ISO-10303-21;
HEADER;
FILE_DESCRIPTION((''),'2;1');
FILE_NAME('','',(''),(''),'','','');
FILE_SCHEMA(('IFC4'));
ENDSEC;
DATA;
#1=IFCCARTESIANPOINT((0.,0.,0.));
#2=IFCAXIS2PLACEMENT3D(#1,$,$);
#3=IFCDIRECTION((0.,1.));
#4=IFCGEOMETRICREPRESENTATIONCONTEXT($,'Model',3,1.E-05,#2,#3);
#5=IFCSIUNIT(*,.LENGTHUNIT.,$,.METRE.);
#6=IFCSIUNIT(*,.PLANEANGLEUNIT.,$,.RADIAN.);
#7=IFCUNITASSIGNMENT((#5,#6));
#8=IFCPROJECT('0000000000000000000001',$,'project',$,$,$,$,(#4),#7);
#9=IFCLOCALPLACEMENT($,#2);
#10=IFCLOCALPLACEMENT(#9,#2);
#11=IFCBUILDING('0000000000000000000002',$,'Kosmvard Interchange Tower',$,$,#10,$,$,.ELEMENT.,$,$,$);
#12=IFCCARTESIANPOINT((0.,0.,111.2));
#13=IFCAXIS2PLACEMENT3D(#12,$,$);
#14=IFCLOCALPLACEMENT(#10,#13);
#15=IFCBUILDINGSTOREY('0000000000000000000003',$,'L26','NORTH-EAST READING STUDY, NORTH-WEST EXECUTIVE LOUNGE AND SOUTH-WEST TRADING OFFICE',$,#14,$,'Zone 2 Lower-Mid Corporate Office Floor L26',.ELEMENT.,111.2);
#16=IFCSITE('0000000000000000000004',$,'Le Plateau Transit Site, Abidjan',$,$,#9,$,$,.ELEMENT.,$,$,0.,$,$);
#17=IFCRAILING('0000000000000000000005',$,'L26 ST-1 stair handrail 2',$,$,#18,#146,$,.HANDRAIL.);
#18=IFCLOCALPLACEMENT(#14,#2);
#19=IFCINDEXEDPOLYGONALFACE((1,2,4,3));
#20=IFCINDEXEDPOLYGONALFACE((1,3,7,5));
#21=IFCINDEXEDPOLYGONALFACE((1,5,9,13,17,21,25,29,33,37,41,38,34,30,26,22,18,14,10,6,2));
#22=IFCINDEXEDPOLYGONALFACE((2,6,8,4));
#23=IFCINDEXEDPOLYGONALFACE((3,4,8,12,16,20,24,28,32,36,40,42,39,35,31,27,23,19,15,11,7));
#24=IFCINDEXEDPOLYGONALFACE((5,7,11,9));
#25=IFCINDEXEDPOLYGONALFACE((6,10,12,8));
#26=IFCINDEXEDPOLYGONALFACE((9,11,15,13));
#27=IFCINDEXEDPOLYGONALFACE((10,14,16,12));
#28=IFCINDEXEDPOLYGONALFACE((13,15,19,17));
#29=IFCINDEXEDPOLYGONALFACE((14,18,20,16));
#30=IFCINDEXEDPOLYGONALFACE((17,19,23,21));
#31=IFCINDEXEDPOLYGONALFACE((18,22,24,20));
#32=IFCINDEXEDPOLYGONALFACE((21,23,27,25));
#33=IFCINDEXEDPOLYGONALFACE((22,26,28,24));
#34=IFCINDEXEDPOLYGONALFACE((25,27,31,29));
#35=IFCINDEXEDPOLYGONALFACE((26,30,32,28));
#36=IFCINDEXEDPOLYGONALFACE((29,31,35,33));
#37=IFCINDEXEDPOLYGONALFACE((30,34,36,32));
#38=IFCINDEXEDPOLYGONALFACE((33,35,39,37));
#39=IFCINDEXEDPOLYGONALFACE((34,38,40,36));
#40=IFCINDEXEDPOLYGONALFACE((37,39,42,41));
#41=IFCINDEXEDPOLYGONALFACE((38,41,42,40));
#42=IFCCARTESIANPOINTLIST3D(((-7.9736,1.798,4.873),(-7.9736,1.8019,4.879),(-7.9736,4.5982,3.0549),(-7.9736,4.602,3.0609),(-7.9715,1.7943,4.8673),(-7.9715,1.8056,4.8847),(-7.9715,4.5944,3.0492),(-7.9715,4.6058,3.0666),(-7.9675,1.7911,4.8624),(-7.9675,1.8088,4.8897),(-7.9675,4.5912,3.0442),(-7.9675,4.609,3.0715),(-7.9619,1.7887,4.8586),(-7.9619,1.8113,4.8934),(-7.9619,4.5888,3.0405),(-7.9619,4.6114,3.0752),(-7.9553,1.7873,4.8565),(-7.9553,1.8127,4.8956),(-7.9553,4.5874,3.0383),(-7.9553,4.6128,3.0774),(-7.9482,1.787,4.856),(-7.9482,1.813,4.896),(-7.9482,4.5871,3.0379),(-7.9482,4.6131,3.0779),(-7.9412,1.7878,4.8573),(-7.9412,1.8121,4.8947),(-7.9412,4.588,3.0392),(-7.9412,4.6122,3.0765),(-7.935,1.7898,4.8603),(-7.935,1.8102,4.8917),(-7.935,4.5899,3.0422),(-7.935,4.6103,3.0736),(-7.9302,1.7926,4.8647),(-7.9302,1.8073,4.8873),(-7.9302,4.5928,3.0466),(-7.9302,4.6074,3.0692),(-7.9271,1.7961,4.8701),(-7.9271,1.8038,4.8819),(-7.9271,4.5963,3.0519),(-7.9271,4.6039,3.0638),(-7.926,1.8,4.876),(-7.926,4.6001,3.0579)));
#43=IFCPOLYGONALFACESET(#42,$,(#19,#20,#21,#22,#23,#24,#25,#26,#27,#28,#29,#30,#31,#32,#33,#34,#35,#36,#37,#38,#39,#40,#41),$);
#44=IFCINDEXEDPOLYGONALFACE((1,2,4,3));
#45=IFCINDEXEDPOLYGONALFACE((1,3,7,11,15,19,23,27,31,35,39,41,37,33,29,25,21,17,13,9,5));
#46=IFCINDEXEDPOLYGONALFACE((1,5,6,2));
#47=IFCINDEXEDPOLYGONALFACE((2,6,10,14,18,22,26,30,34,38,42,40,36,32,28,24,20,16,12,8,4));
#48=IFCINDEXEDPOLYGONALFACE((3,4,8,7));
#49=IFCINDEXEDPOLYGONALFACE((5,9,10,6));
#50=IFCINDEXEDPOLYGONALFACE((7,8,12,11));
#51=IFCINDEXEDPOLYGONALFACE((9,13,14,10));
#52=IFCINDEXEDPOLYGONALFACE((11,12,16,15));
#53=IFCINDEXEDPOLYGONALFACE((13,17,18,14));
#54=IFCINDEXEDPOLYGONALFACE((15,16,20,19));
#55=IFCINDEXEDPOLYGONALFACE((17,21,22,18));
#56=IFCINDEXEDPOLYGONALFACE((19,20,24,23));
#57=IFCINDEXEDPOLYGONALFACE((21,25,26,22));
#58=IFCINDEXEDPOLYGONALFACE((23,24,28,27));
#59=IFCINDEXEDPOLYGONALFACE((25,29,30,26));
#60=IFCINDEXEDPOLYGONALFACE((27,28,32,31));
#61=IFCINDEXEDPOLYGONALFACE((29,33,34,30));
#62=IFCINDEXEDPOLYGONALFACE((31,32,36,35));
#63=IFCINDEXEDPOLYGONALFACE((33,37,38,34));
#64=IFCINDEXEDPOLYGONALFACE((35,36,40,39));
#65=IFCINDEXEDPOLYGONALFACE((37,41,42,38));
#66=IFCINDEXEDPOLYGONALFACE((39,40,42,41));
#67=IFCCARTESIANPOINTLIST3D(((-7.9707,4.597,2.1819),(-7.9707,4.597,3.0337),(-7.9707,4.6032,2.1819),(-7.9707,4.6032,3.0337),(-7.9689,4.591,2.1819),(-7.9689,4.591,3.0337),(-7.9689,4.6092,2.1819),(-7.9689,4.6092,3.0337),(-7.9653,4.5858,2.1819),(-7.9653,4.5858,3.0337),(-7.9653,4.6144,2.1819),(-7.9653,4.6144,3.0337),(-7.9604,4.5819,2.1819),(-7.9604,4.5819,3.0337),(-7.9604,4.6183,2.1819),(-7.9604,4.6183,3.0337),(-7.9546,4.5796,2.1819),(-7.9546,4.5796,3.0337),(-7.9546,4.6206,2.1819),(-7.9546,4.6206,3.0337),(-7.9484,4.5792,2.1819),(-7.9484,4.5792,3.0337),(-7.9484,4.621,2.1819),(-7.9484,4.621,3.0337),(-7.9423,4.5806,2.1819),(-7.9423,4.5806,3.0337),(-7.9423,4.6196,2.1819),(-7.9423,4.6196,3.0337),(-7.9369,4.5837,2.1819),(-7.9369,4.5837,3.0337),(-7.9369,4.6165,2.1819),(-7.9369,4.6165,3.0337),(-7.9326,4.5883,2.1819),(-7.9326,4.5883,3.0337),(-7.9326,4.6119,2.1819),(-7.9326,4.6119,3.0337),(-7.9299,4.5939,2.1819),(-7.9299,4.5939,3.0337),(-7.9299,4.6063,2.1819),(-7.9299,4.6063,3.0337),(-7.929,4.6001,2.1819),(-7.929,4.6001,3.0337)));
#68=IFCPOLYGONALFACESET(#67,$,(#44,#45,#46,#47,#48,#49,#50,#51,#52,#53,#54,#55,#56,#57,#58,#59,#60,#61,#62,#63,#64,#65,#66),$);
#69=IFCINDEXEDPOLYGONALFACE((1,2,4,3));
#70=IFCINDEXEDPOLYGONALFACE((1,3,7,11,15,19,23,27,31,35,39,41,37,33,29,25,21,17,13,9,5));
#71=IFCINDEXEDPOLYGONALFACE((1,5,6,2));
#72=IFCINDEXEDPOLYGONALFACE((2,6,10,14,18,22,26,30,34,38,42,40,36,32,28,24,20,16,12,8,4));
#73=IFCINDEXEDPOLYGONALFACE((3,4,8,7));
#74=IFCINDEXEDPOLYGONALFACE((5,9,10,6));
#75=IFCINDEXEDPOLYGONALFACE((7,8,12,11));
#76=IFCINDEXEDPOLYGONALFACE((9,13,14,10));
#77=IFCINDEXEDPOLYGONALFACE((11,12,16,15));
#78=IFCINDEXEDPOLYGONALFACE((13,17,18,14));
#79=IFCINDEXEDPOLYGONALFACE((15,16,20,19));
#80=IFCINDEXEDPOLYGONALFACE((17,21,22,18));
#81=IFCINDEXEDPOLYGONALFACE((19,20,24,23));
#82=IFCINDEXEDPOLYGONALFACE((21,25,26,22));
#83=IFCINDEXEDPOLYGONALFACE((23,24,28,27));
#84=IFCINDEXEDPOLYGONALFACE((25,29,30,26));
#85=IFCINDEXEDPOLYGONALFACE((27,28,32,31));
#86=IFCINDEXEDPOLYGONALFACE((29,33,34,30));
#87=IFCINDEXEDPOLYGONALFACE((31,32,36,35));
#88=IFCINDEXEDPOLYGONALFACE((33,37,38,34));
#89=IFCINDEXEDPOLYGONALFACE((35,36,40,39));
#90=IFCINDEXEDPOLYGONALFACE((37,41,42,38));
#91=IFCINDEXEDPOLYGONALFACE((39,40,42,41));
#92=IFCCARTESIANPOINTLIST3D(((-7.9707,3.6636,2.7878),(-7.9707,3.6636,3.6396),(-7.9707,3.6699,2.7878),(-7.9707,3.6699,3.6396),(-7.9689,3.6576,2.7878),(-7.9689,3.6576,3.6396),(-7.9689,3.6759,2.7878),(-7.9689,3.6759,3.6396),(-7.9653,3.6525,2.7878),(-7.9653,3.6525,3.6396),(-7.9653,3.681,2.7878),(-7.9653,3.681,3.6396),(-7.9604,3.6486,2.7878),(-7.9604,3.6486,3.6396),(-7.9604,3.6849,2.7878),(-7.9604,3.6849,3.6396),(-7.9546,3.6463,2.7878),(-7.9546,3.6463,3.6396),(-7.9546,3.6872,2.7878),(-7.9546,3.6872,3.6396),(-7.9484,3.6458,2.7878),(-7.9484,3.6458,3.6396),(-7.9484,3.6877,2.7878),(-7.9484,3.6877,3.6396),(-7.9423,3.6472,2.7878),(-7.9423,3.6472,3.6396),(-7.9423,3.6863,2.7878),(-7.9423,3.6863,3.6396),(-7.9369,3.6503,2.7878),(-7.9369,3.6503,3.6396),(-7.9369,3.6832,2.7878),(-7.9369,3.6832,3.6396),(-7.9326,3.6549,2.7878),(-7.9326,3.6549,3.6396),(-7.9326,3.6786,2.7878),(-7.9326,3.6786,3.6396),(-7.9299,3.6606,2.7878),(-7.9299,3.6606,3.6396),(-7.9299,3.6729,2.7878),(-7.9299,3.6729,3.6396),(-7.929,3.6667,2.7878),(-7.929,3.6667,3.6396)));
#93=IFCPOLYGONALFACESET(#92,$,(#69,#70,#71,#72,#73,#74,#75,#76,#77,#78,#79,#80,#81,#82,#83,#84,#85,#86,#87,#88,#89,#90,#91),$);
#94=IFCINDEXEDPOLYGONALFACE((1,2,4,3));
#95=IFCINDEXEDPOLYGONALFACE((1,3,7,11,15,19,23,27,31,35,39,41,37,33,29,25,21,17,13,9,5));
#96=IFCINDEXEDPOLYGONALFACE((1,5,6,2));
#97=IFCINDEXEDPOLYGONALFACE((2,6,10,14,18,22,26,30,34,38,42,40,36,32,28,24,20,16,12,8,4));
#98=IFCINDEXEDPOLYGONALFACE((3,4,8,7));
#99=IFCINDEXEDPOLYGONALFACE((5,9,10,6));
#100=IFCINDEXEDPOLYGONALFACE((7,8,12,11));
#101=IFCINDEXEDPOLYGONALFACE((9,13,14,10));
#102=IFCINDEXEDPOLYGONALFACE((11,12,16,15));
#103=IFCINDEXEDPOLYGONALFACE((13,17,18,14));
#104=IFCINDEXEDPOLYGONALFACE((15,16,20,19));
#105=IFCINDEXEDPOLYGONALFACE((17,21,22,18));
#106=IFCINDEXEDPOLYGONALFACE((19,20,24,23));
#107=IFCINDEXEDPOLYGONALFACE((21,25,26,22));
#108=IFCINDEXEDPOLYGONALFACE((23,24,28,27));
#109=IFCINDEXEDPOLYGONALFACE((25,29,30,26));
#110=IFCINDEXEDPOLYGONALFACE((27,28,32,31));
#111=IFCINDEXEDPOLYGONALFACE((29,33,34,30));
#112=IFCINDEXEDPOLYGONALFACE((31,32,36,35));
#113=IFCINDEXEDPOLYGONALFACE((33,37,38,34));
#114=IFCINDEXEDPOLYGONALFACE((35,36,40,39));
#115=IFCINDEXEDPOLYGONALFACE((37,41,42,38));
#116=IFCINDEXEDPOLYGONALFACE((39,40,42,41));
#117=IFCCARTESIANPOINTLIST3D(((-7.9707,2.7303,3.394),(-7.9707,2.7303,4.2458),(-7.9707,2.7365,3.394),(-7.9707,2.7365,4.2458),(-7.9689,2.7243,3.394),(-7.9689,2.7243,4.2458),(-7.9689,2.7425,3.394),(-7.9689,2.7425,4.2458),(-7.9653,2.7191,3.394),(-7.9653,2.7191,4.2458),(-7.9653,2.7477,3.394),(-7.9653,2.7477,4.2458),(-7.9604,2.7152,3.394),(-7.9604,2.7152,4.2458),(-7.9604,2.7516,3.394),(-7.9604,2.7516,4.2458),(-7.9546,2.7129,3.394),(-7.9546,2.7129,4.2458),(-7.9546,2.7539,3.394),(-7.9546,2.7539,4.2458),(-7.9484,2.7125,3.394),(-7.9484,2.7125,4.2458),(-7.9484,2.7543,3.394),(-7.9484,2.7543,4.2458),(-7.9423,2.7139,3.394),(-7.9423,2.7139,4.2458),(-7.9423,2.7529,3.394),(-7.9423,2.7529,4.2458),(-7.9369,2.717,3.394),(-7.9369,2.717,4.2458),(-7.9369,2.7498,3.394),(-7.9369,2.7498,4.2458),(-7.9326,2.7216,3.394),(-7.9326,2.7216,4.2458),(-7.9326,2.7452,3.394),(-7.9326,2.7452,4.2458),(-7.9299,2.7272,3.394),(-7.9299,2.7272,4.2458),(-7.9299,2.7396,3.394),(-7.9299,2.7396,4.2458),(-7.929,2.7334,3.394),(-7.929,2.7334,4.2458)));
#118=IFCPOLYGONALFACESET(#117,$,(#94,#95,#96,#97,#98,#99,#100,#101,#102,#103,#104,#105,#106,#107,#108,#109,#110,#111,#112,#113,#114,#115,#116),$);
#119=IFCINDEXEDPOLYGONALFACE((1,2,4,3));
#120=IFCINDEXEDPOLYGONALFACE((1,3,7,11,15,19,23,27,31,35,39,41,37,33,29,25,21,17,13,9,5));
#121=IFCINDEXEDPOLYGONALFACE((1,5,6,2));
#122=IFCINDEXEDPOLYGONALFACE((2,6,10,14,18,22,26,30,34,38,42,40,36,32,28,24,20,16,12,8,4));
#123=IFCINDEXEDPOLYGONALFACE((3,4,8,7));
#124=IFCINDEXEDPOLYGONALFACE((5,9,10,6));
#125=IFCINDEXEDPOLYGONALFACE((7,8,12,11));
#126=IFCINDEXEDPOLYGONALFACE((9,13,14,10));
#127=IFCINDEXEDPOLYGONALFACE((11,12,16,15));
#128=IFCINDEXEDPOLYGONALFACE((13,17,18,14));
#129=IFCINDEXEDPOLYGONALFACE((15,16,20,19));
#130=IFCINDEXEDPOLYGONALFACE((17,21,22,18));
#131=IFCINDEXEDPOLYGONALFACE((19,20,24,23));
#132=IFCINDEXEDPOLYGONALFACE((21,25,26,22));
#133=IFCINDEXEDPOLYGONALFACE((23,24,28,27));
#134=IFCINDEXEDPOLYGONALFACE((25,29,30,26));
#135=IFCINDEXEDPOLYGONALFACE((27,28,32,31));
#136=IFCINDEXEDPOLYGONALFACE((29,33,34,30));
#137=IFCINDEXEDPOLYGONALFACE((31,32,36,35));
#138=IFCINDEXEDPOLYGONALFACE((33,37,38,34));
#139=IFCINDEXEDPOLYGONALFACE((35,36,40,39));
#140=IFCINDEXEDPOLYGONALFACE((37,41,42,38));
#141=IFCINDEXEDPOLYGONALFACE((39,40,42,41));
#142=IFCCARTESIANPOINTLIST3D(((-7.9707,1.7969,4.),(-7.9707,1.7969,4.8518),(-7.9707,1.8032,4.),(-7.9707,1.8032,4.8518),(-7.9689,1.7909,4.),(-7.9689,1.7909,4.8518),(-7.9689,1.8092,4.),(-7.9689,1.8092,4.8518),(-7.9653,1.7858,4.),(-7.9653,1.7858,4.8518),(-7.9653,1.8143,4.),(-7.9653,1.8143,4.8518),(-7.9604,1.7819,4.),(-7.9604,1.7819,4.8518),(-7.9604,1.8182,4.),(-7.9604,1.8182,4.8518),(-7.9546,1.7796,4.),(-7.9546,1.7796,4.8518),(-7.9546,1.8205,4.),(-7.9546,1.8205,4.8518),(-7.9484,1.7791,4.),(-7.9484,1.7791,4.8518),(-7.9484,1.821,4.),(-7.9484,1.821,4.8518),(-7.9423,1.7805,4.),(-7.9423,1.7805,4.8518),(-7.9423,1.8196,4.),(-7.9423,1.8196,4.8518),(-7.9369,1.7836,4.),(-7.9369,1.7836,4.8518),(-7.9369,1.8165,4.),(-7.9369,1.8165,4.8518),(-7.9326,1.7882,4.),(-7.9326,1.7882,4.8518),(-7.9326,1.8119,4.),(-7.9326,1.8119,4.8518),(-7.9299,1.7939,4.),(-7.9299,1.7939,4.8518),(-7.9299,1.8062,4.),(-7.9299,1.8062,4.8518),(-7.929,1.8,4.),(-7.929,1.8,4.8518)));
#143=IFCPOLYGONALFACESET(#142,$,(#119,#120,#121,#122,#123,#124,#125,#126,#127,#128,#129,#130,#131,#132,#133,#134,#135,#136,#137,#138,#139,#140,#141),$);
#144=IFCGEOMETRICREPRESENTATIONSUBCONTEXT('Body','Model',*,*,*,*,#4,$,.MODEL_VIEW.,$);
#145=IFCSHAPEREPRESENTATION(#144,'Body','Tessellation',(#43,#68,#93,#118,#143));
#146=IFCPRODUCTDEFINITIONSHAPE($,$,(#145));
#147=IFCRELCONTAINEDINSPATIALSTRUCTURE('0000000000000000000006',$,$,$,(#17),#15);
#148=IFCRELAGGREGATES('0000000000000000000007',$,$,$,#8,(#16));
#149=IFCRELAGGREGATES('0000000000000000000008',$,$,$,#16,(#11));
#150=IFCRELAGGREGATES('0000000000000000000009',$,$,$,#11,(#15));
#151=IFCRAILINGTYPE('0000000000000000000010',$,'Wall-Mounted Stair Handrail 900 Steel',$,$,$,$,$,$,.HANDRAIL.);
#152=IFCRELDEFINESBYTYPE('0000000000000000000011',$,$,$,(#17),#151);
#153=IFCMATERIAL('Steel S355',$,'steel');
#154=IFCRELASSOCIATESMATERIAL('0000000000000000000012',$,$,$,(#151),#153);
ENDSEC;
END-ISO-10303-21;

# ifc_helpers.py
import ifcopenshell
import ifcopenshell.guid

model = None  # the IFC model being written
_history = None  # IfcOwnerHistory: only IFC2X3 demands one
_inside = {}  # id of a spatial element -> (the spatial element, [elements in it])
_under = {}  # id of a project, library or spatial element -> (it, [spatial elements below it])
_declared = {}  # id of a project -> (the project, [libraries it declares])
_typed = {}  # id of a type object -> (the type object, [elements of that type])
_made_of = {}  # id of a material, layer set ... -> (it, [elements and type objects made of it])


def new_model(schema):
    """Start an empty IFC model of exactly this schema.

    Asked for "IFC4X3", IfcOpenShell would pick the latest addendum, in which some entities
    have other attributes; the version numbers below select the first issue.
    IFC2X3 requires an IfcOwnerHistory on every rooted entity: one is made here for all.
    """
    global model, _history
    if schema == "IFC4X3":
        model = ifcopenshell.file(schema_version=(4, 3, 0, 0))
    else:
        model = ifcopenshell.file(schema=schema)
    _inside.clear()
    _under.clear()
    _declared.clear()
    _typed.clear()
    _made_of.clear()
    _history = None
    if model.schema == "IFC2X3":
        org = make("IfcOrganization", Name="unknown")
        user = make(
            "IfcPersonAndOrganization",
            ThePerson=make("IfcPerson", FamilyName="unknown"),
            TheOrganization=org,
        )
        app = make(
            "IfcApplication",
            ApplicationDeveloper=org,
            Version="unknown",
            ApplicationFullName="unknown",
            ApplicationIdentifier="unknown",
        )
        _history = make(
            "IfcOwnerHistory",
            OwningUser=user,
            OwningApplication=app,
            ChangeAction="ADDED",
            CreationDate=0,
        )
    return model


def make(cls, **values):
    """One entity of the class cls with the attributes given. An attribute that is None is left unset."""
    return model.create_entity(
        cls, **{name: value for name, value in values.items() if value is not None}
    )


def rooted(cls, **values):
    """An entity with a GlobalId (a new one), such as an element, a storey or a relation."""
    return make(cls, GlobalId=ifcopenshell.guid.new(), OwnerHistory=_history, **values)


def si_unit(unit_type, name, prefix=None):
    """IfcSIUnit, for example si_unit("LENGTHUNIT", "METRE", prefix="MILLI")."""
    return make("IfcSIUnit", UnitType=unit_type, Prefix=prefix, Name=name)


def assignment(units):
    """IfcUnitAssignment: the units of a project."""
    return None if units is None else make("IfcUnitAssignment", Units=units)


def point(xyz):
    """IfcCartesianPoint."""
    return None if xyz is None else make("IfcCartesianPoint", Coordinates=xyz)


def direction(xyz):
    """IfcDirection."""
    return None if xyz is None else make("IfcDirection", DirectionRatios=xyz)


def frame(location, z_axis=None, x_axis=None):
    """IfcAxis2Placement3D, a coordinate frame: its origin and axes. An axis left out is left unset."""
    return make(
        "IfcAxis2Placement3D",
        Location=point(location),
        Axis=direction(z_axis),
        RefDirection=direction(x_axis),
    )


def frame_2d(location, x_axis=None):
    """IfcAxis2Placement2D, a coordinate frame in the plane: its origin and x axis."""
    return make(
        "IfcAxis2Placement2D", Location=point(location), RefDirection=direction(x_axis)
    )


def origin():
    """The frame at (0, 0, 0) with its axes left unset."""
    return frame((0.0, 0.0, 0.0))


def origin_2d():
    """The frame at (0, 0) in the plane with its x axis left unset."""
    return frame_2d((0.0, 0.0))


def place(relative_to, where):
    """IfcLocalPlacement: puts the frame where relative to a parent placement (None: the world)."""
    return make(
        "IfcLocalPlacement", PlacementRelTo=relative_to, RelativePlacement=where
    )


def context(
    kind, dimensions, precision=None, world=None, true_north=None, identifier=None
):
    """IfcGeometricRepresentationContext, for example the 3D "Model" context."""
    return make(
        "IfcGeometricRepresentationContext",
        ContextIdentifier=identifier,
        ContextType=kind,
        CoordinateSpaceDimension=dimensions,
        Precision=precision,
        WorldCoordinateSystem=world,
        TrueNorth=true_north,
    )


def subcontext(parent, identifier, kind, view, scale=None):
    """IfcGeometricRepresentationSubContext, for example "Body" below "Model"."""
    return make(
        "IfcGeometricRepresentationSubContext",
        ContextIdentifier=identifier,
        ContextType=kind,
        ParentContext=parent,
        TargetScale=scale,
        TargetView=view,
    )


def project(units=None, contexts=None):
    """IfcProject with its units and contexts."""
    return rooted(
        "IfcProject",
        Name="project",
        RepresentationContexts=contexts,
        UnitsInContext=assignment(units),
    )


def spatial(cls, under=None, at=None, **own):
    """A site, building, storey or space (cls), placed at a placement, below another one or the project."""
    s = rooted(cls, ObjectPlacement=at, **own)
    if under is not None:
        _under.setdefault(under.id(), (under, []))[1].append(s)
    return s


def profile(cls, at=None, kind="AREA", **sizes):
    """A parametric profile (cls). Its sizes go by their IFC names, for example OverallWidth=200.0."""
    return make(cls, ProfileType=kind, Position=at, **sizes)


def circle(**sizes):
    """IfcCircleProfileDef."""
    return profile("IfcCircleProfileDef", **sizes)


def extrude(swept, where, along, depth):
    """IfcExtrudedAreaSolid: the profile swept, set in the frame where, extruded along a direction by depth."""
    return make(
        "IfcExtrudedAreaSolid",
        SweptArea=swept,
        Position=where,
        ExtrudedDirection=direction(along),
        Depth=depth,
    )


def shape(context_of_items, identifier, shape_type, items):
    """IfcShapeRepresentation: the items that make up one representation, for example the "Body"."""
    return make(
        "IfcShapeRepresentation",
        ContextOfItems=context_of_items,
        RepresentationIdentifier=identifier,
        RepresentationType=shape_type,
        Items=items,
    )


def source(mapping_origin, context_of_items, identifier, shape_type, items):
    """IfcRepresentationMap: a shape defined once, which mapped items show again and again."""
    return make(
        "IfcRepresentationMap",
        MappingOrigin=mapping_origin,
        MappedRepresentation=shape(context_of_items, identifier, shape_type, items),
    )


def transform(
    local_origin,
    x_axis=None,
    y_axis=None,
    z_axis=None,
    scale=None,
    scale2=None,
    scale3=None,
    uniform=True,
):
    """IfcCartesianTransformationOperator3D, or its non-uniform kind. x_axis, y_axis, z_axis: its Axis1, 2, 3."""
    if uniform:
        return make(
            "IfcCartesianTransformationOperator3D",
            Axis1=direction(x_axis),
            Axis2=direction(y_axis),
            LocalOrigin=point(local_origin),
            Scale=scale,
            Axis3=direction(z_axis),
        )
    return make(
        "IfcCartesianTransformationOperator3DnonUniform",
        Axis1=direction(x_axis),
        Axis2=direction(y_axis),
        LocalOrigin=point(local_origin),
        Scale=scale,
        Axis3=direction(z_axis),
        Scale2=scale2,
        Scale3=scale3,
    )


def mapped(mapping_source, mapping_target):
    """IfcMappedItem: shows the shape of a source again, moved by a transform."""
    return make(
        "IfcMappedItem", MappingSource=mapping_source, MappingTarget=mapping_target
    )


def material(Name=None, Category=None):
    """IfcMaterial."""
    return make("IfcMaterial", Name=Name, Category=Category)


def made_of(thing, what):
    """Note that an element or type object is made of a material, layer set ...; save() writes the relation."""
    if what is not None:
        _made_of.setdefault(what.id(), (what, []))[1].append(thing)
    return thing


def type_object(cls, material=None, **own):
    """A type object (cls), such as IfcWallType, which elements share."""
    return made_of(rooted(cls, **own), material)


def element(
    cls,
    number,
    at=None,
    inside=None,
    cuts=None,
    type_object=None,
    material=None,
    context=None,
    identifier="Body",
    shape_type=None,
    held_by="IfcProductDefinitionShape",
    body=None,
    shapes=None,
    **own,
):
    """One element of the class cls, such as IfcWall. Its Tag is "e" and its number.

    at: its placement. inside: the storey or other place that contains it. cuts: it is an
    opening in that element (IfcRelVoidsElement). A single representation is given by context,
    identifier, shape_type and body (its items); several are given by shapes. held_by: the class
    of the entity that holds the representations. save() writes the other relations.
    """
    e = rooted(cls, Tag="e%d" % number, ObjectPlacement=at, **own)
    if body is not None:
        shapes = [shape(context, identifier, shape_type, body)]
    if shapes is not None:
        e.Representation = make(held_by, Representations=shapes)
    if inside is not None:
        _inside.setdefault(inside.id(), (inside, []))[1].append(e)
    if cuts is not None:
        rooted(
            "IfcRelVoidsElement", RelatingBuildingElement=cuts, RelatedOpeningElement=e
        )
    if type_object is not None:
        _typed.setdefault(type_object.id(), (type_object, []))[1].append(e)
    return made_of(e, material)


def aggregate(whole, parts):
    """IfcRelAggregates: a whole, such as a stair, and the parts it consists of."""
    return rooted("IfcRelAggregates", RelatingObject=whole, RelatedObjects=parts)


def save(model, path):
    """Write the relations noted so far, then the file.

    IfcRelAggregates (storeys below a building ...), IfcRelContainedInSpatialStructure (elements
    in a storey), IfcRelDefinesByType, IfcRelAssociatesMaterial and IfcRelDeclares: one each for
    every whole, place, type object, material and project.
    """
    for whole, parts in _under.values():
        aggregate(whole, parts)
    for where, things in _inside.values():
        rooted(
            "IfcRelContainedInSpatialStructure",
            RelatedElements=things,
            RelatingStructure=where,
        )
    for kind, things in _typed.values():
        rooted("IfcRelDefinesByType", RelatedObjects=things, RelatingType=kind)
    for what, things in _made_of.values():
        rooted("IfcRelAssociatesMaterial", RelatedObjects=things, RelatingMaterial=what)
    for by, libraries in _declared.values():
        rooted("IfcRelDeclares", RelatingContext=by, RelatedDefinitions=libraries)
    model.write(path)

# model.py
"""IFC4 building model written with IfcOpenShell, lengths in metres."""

from ifc_helpers import new_model, si_unit, direction, frame, origin, origin_2d, place, context, subcontext, project, spatial, circle, extrude, source, transform, mapped, material, type_object, element, save


model = new_model("IFC4")

# Units and contexts
model_context = context("Model", 3, precision=1e-05, world=origin(), true_north=direction((0.0, 1.0)))
body_context = subcontext(model_context, "Body", "Model", "MODEL_VIEW")
ifc_project = project(units=[si_unit("LENGTHUNIT", "METRE"), si_unit("PLANEANGLEUNIT", "RADIAN")], contexts=[model_context])

# Site, building, storey
site_placement = place(None, origin())
site = spatial("IfcSite", under=ifc_project, at=site_placement, Name="Le Plateau Transit Site, Abidjan", CompositionType="ELEMENT", RefElevation=0.0)
building_placement = place(site_placement, origin())
building = spatial("IfcBuilding", under=site, at=building_placement, Name="Kosmvard Interchange Tower", CompositionType="ELEMENT")
storey_placement = place(building_placement, frame((0.0, 0.0, 111.2)))
storey = spatial("IfcBuildingStorey", under=building, at=storey_placement, Name="L26", Description="NORTH-EAST READING STUDY, NORTH-WEST EXECUTIVE LOUNGE AND SOUTH-WEST TRADING OFFICE", LongName="Zone 2 Lower-Mid Corporate Office Floor L26", CompositionType="ELEMENT", Elevation=111.2)

# Shared definitions
ifc_material_1 = material(Name="Steel S355", Category="steel")

# Railing
railing_type_1 = type_object("IfcRailingType", Name="Wall-Mounted Stair Handrail 900 Steel", PredefinedType="HANDRAIL", material=ifc_material_1)
shared_shape_1 = source(origin(), body_context, "Body", "SweptSolid", [
    extrude(circle(Radius=0.0239, at=origin_2d()), frame((0.0, 0.0, 0.876), z_axis=(0.0, -0.838706, 0.544585), x_axis=(1.0, 0.0, 0.0)), (0.0, 0.0, 1.0), 3.3386),
    extrude(circle(Radius=0.021, at=origin_2d()), origin(), (0.0, 0.0, 1.0), 0.8518),
    extrude(circle(Radius=0.021, at=origin_2d()), frame((0.0, -0.9333, 0.606)), (0.0, 0.0, 1.0), 0.8518),
    extrude(circle(Radius=0.021, at=origin_2d()), frame((0.0, -1.8667, 1.2122)), (0.0, 0.0, 1.0), 0.8518),
    extrude(circle(Radius=0.021, at=origin_2d()), frame((0.0, -2.8, 1.8181)), (0.0, 0.0, 1.0), 0.8518),
])
railing_1_placement = place(storey_placement, frame((-7.95, 4.6001, 2.1819)))
element("IfcRailing", 1, at=railing_1_placement, inside=storey, type_object=railing_type_1, Name="L26 ST-1 stair handrail 2", PredefinedType="HANDRAIL", context=body_context, shape_type="MappedRepresentation", body=[
    mapped(shared_shape_1, transform((0.0, 0.0, 0.0), scale=1.0)),
])

save(model, "model.ifc")
